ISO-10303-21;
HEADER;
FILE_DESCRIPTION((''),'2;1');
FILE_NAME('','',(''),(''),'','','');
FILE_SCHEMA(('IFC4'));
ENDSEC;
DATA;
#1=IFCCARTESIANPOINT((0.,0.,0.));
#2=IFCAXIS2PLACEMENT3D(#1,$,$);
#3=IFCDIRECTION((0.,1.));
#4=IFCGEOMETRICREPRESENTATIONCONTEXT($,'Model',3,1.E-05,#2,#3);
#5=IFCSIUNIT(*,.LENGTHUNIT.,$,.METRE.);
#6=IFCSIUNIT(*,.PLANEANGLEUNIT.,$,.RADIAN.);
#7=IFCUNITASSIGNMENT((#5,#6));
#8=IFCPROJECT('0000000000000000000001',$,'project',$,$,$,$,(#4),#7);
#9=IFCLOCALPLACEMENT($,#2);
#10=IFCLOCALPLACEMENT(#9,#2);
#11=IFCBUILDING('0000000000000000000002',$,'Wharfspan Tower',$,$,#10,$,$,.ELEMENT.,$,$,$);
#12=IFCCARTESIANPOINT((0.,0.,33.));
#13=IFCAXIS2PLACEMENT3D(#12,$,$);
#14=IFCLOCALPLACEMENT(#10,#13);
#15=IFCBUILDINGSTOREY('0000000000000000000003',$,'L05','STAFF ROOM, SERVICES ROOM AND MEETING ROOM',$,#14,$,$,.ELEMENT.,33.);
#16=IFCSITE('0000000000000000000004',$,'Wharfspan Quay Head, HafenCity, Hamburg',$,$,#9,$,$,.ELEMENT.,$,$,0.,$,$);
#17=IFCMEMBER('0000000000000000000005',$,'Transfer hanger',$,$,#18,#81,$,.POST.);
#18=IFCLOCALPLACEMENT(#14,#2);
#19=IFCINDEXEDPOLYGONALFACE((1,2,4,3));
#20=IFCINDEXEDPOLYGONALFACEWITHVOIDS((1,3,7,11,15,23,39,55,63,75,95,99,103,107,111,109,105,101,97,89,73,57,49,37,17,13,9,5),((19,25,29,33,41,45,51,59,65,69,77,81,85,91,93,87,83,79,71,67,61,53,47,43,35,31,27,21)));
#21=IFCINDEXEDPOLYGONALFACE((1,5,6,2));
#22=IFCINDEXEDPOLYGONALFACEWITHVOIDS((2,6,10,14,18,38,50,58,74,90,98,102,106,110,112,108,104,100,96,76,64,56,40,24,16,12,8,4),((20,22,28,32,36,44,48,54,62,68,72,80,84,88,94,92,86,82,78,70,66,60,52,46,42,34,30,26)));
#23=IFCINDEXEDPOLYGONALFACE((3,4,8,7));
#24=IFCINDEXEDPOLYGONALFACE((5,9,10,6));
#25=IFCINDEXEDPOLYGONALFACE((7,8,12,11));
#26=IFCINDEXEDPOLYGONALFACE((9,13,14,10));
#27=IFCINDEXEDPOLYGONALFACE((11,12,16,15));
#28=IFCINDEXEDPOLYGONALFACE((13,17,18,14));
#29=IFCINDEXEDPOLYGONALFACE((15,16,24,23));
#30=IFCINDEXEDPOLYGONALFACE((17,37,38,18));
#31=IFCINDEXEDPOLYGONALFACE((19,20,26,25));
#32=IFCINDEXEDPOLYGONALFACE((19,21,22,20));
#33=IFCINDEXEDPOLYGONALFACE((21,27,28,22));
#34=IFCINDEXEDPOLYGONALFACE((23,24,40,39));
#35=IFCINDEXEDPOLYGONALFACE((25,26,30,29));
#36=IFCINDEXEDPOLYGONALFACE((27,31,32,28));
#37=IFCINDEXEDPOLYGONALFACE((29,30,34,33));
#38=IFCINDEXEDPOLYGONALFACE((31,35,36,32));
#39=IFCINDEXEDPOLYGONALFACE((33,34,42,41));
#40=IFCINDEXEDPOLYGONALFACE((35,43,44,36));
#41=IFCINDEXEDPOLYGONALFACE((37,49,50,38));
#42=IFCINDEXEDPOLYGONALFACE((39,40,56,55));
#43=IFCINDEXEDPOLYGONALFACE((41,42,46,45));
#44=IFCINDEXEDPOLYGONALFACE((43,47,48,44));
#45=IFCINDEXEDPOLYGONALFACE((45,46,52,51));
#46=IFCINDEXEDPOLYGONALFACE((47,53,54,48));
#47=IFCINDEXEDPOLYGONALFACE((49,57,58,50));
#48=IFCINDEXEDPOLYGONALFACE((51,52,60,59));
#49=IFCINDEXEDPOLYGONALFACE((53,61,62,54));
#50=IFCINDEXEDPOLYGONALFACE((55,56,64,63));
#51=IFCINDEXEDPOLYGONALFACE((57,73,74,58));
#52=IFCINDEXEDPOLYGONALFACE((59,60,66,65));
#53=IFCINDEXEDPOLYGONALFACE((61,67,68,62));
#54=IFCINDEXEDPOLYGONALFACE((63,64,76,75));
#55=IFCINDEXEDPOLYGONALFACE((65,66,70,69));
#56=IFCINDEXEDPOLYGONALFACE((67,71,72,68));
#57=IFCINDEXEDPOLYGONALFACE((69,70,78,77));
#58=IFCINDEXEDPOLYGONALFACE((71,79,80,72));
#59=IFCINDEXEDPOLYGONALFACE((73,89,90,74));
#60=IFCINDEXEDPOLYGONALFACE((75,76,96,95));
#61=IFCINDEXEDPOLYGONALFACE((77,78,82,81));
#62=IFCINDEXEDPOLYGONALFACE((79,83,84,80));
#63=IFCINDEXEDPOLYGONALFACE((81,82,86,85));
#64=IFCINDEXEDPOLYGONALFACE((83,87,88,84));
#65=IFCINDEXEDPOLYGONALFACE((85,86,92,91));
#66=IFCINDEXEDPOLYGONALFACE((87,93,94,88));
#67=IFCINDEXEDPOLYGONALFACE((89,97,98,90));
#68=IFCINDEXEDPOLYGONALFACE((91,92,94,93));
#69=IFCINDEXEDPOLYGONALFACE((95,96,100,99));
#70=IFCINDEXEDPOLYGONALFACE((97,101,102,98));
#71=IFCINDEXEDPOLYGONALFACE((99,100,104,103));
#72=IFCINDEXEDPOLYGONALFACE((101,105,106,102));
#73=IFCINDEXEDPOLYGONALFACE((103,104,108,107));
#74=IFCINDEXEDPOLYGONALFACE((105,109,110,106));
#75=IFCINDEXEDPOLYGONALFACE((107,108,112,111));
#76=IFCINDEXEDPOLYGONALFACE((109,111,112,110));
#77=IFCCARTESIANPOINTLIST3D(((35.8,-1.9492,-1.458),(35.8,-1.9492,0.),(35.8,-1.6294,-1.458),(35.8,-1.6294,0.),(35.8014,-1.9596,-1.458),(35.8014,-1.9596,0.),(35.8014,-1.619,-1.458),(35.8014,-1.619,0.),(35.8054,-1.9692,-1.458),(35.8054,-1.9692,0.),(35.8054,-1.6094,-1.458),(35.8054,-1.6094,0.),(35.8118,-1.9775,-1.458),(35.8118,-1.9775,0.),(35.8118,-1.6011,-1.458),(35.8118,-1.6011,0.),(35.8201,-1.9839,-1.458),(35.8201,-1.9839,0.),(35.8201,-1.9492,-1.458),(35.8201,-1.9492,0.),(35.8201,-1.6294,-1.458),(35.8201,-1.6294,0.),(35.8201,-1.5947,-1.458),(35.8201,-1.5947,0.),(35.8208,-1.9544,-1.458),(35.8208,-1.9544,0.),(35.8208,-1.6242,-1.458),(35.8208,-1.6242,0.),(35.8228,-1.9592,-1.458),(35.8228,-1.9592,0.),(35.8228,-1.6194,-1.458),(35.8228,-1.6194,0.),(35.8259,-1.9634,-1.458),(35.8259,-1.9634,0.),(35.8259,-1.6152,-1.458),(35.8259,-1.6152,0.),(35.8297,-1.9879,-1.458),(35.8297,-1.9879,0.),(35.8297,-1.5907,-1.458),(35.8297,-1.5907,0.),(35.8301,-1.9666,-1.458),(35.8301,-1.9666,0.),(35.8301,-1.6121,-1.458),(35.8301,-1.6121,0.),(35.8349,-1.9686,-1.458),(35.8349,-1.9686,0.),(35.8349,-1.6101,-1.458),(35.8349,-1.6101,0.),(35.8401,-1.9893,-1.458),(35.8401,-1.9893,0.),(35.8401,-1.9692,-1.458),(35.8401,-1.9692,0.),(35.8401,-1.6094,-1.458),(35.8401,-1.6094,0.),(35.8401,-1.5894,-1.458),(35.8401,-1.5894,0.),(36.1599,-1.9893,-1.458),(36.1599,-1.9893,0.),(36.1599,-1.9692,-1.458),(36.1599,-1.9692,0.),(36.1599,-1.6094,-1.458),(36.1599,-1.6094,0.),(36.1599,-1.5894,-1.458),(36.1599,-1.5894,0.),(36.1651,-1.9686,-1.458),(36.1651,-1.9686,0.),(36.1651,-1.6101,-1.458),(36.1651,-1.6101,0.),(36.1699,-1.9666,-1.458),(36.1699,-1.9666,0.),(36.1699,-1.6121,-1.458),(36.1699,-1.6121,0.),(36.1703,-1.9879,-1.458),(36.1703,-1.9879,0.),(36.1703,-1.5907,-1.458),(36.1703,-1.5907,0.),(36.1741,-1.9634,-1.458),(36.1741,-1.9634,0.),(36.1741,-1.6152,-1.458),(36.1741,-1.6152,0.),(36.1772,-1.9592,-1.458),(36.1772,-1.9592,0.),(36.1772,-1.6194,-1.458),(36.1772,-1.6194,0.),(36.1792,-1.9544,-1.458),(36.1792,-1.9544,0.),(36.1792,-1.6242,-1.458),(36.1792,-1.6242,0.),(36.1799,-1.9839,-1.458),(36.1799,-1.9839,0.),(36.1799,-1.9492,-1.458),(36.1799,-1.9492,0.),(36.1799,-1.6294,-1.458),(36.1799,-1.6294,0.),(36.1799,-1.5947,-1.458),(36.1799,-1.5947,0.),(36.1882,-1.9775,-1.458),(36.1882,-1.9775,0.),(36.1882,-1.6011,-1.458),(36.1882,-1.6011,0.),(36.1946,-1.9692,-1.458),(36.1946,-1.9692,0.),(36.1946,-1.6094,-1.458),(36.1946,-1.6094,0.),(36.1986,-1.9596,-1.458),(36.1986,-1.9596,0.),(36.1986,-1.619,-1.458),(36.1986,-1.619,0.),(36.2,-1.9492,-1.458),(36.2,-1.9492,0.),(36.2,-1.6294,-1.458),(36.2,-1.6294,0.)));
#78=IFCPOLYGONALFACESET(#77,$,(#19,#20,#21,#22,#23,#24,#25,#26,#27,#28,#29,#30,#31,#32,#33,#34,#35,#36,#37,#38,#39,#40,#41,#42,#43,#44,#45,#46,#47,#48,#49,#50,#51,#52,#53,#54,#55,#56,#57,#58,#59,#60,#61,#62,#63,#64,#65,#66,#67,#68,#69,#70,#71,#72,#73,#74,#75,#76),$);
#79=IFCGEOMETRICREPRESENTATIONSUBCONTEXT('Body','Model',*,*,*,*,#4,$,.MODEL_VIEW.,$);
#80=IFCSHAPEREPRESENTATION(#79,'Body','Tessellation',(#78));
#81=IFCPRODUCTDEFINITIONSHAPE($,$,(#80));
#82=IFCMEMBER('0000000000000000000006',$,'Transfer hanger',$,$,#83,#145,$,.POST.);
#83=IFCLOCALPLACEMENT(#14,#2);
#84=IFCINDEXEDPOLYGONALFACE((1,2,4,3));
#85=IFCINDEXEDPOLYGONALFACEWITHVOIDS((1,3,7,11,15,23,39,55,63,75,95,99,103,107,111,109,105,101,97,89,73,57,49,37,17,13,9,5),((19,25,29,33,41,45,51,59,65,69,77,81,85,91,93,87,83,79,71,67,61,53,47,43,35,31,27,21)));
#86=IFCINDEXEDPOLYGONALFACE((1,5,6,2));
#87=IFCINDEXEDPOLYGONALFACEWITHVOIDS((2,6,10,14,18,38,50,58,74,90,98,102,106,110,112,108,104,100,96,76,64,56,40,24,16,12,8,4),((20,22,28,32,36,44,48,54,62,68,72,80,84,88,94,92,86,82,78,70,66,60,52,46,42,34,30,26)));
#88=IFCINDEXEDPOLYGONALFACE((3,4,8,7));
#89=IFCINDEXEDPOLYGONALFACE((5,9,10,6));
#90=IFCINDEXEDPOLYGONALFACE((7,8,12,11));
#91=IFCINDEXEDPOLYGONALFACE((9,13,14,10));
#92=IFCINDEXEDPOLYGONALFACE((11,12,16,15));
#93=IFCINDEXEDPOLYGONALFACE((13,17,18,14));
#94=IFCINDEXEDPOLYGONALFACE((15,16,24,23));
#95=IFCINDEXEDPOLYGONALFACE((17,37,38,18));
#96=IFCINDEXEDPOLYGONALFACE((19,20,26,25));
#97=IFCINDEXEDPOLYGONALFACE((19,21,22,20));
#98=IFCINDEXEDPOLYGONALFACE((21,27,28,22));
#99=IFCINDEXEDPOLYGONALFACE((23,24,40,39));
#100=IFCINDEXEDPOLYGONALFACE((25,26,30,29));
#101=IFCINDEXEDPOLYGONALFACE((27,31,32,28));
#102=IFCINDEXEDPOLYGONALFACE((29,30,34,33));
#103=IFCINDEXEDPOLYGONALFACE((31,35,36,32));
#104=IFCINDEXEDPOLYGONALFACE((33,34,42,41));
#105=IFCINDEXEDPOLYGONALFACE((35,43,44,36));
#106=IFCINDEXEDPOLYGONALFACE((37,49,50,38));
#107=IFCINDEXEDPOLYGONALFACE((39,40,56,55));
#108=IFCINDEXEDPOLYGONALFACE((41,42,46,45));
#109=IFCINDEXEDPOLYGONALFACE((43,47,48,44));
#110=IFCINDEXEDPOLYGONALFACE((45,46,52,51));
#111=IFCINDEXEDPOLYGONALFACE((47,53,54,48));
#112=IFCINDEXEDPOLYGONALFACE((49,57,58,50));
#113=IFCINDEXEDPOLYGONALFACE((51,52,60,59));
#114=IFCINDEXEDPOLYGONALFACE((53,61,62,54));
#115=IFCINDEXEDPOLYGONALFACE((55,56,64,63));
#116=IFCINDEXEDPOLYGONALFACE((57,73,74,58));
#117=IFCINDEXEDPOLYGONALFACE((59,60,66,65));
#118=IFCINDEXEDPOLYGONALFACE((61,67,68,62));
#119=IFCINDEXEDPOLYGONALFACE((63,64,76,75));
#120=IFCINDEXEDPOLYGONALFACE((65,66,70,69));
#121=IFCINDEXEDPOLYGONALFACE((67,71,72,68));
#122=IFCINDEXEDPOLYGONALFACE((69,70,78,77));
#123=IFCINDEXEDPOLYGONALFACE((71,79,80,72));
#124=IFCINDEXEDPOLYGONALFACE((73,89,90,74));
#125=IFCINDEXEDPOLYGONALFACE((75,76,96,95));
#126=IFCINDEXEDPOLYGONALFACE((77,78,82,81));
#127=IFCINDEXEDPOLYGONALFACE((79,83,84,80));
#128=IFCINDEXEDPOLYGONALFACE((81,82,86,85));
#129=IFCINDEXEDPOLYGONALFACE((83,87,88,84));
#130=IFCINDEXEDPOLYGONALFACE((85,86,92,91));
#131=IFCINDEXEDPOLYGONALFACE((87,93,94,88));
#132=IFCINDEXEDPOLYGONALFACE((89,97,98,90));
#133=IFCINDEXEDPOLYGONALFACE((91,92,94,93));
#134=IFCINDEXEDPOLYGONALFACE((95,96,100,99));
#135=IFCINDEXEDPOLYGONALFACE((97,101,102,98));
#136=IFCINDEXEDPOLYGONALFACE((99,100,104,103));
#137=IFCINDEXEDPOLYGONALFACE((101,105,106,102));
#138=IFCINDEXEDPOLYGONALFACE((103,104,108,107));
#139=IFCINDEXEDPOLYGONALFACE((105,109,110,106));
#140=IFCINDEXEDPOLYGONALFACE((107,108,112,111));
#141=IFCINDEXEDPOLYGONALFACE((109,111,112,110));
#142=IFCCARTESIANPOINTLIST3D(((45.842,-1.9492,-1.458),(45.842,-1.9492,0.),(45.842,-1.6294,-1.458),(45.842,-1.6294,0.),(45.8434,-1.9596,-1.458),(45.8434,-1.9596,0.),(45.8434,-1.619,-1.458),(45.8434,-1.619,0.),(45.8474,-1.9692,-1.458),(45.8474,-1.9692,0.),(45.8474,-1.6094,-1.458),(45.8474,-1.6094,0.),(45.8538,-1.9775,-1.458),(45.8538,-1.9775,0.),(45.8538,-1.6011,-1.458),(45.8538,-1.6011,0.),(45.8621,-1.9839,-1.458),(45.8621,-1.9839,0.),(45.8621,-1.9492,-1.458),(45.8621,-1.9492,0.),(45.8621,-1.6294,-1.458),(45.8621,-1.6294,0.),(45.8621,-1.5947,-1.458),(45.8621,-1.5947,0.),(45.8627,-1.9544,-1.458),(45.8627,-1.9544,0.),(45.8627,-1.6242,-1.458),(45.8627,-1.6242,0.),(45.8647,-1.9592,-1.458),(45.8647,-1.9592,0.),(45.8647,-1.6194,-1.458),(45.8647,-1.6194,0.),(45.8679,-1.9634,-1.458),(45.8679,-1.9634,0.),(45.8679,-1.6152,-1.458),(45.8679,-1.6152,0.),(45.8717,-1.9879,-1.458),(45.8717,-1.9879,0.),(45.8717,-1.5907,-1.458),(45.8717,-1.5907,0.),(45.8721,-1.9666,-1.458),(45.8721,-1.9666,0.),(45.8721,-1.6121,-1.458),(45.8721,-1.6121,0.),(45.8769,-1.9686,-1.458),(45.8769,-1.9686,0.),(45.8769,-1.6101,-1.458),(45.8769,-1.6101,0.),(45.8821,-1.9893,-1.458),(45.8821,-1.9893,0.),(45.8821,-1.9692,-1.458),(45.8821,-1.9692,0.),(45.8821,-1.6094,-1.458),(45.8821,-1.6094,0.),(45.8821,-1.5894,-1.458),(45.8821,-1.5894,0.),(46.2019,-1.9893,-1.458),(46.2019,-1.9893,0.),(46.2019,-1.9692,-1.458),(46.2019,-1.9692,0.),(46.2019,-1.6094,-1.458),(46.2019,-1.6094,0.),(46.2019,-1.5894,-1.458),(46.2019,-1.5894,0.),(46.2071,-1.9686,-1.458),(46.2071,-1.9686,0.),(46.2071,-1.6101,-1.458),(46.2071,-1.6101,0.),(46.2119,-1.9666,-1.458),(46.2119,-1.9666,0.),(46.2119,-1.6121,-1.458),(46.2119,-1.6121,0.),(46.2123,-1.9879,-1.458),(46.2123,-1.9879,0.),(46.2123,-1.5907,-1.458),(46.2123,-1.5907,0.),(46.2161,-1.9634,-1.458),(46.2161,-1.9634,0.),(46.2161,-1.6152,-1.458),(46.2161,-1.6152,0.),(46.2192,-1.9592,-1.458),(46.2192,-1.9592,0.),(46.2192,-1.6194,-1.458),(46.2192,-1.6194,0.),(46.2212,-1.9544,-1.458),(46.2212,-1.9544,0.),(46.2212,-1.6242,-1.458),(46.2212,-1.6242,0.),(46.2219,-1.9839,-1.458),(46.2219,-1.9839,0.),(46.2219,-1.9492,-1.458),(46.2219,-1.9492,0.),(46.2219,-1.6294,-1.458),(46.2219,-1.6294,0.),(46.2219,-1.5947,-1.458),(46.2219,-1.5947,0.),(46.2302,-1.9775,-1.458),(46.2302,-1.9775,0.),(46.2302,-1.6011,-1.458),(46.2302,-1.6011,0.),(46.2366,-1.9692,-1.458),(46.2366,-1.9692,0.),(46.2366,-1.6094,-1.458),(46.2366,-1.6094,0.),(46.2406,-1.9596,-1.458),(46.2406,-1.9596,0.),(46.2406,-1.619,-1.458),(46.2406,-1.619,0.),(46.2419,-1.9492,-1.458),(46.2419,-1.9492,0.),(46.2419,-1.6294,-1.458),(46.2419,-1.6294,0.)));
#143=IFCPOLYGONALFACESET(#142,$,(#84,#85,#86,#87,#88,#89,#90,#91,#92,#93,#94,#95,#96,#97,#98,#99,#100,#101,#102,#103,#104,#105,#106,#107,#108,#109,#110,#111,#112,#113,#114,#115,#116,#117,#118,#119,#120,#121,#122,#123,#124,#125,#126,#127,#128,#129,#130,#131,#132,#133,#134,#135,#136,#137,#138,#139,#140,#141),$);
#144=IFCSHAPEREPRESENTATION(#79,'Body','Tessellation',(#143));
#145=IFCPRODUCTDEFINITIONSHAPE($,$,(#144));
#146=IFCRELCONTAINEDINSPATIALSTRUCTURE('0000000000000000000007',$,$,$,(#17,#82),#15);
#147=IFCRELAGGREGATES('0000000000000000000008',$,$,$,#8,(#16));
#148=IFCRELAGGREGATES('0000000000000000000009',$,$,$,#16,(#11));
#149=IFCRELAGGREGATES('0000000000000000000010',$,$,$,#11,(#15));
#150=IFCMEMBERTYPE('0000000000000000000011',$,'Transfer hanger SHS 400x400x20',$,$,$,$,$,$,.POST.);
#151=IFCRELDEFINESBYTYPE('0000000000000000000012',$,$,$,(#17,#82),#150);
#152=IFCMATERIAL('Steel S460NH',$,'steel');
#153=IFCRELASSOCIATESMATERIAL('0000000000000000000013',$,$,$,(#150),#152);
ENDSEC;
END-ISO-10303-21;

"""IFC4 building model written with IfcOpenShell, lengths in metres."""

from ifc_helpers import new_model, si_unit, direction, frame, origin, origin_2d, place, context, subcontext, project, spatial, hollow_rectangle, extrude, material, material_profile, profile_set, type_object, element, save


model = new_model("IFC4")

# Units and contexts
model_context = context("Model", 3, precision=1e-05, world=origin(), true_north=direction((0.0, 1.0)))
body_context = subcontext(model_context, "Body", "Model", "MODEL_VIEW")
ifc_project = project(units=[si_unit("LENGTHUNIT", "METRE"), si_unit("PLANEANGLEUNIT", "RADIAN")], contexts=[model_context])

# Site, building, storey
site_placement = place(None, origin())
site = spatial("IfcSite", under=ifc_project, at=site_placement, Name="Wharfspan Quay Head, HafenCity, Hamburg", CompositionType="ELEMENT", RefElevation=0.0)
building_placement = place(site_placement, origin())
building = spatial("IfcBuilding", under=site, at=building_placement, Name="Wharfspan Tower", CompositionType="ELEMENT")
storey_placement = place(building_placement, frame((0.0, 0.0, 33.0)))
storey = spatial("IfcBuildingStorey", under=building, at=storey_placement, Name="L05", Description="STAFF ROOM, SERVICES ROOM AND MEETING ROOM", CompositionType="ELEMENT", Elevation=33.0)

# Members
ifc_material_1 = material(Name="Steel S460NH", Category="steel")
ifc_material_profile_1 = material_profile(ifc_material_1, hollow_rectangle(XDim=0.3999, YDim=0.3999, WallThickness=0.02, InnerFilletRadius=0.02, OuterFilletRadius=0.04, at=origin_2d()))
ifc_profile_set_1 = profile_set([ifc_material_profile_1], Name="Steel S460NH")
member_type_1 = type_object("IfcMemberType", Name="Transfer hanger SHS 400x400x20", PredefinedType="POST", material=ifc_profile_set_1)
for number, where, z_axis, x_axis, name in (
    (1, (36.0, -1.7893, -1.458), (0.0, 0.0, 1.0), (1.0, 0.0, 0.0), "Transfer hanger"),
    (2, (46.042, -1.7893, -1.458), (0.0, 0.0, 1.0), (1.0, 0.0, 0.0), "Transfer hanger"),
):
    element("IfcMember", number, at=place(storey_placement, frame(where, z_axis=z_axis, x_axis=x_axis)), inside=storey, type_object=member_type_1, Name=name, PredefinedType="POST", context=body_context, shape_type="SweptSolid", body=[
        extrude(hollow_rectangle(XDim=0.3999, YDim=0.3999, WallThickness=0.02, InnerFilletRadius=0.02, OuterFilletRadius=0.04, at=origin_2d()), origin(), (0.0, 0.0, 1.0), 1.458),
    ])

save(model, "model.ifc")
